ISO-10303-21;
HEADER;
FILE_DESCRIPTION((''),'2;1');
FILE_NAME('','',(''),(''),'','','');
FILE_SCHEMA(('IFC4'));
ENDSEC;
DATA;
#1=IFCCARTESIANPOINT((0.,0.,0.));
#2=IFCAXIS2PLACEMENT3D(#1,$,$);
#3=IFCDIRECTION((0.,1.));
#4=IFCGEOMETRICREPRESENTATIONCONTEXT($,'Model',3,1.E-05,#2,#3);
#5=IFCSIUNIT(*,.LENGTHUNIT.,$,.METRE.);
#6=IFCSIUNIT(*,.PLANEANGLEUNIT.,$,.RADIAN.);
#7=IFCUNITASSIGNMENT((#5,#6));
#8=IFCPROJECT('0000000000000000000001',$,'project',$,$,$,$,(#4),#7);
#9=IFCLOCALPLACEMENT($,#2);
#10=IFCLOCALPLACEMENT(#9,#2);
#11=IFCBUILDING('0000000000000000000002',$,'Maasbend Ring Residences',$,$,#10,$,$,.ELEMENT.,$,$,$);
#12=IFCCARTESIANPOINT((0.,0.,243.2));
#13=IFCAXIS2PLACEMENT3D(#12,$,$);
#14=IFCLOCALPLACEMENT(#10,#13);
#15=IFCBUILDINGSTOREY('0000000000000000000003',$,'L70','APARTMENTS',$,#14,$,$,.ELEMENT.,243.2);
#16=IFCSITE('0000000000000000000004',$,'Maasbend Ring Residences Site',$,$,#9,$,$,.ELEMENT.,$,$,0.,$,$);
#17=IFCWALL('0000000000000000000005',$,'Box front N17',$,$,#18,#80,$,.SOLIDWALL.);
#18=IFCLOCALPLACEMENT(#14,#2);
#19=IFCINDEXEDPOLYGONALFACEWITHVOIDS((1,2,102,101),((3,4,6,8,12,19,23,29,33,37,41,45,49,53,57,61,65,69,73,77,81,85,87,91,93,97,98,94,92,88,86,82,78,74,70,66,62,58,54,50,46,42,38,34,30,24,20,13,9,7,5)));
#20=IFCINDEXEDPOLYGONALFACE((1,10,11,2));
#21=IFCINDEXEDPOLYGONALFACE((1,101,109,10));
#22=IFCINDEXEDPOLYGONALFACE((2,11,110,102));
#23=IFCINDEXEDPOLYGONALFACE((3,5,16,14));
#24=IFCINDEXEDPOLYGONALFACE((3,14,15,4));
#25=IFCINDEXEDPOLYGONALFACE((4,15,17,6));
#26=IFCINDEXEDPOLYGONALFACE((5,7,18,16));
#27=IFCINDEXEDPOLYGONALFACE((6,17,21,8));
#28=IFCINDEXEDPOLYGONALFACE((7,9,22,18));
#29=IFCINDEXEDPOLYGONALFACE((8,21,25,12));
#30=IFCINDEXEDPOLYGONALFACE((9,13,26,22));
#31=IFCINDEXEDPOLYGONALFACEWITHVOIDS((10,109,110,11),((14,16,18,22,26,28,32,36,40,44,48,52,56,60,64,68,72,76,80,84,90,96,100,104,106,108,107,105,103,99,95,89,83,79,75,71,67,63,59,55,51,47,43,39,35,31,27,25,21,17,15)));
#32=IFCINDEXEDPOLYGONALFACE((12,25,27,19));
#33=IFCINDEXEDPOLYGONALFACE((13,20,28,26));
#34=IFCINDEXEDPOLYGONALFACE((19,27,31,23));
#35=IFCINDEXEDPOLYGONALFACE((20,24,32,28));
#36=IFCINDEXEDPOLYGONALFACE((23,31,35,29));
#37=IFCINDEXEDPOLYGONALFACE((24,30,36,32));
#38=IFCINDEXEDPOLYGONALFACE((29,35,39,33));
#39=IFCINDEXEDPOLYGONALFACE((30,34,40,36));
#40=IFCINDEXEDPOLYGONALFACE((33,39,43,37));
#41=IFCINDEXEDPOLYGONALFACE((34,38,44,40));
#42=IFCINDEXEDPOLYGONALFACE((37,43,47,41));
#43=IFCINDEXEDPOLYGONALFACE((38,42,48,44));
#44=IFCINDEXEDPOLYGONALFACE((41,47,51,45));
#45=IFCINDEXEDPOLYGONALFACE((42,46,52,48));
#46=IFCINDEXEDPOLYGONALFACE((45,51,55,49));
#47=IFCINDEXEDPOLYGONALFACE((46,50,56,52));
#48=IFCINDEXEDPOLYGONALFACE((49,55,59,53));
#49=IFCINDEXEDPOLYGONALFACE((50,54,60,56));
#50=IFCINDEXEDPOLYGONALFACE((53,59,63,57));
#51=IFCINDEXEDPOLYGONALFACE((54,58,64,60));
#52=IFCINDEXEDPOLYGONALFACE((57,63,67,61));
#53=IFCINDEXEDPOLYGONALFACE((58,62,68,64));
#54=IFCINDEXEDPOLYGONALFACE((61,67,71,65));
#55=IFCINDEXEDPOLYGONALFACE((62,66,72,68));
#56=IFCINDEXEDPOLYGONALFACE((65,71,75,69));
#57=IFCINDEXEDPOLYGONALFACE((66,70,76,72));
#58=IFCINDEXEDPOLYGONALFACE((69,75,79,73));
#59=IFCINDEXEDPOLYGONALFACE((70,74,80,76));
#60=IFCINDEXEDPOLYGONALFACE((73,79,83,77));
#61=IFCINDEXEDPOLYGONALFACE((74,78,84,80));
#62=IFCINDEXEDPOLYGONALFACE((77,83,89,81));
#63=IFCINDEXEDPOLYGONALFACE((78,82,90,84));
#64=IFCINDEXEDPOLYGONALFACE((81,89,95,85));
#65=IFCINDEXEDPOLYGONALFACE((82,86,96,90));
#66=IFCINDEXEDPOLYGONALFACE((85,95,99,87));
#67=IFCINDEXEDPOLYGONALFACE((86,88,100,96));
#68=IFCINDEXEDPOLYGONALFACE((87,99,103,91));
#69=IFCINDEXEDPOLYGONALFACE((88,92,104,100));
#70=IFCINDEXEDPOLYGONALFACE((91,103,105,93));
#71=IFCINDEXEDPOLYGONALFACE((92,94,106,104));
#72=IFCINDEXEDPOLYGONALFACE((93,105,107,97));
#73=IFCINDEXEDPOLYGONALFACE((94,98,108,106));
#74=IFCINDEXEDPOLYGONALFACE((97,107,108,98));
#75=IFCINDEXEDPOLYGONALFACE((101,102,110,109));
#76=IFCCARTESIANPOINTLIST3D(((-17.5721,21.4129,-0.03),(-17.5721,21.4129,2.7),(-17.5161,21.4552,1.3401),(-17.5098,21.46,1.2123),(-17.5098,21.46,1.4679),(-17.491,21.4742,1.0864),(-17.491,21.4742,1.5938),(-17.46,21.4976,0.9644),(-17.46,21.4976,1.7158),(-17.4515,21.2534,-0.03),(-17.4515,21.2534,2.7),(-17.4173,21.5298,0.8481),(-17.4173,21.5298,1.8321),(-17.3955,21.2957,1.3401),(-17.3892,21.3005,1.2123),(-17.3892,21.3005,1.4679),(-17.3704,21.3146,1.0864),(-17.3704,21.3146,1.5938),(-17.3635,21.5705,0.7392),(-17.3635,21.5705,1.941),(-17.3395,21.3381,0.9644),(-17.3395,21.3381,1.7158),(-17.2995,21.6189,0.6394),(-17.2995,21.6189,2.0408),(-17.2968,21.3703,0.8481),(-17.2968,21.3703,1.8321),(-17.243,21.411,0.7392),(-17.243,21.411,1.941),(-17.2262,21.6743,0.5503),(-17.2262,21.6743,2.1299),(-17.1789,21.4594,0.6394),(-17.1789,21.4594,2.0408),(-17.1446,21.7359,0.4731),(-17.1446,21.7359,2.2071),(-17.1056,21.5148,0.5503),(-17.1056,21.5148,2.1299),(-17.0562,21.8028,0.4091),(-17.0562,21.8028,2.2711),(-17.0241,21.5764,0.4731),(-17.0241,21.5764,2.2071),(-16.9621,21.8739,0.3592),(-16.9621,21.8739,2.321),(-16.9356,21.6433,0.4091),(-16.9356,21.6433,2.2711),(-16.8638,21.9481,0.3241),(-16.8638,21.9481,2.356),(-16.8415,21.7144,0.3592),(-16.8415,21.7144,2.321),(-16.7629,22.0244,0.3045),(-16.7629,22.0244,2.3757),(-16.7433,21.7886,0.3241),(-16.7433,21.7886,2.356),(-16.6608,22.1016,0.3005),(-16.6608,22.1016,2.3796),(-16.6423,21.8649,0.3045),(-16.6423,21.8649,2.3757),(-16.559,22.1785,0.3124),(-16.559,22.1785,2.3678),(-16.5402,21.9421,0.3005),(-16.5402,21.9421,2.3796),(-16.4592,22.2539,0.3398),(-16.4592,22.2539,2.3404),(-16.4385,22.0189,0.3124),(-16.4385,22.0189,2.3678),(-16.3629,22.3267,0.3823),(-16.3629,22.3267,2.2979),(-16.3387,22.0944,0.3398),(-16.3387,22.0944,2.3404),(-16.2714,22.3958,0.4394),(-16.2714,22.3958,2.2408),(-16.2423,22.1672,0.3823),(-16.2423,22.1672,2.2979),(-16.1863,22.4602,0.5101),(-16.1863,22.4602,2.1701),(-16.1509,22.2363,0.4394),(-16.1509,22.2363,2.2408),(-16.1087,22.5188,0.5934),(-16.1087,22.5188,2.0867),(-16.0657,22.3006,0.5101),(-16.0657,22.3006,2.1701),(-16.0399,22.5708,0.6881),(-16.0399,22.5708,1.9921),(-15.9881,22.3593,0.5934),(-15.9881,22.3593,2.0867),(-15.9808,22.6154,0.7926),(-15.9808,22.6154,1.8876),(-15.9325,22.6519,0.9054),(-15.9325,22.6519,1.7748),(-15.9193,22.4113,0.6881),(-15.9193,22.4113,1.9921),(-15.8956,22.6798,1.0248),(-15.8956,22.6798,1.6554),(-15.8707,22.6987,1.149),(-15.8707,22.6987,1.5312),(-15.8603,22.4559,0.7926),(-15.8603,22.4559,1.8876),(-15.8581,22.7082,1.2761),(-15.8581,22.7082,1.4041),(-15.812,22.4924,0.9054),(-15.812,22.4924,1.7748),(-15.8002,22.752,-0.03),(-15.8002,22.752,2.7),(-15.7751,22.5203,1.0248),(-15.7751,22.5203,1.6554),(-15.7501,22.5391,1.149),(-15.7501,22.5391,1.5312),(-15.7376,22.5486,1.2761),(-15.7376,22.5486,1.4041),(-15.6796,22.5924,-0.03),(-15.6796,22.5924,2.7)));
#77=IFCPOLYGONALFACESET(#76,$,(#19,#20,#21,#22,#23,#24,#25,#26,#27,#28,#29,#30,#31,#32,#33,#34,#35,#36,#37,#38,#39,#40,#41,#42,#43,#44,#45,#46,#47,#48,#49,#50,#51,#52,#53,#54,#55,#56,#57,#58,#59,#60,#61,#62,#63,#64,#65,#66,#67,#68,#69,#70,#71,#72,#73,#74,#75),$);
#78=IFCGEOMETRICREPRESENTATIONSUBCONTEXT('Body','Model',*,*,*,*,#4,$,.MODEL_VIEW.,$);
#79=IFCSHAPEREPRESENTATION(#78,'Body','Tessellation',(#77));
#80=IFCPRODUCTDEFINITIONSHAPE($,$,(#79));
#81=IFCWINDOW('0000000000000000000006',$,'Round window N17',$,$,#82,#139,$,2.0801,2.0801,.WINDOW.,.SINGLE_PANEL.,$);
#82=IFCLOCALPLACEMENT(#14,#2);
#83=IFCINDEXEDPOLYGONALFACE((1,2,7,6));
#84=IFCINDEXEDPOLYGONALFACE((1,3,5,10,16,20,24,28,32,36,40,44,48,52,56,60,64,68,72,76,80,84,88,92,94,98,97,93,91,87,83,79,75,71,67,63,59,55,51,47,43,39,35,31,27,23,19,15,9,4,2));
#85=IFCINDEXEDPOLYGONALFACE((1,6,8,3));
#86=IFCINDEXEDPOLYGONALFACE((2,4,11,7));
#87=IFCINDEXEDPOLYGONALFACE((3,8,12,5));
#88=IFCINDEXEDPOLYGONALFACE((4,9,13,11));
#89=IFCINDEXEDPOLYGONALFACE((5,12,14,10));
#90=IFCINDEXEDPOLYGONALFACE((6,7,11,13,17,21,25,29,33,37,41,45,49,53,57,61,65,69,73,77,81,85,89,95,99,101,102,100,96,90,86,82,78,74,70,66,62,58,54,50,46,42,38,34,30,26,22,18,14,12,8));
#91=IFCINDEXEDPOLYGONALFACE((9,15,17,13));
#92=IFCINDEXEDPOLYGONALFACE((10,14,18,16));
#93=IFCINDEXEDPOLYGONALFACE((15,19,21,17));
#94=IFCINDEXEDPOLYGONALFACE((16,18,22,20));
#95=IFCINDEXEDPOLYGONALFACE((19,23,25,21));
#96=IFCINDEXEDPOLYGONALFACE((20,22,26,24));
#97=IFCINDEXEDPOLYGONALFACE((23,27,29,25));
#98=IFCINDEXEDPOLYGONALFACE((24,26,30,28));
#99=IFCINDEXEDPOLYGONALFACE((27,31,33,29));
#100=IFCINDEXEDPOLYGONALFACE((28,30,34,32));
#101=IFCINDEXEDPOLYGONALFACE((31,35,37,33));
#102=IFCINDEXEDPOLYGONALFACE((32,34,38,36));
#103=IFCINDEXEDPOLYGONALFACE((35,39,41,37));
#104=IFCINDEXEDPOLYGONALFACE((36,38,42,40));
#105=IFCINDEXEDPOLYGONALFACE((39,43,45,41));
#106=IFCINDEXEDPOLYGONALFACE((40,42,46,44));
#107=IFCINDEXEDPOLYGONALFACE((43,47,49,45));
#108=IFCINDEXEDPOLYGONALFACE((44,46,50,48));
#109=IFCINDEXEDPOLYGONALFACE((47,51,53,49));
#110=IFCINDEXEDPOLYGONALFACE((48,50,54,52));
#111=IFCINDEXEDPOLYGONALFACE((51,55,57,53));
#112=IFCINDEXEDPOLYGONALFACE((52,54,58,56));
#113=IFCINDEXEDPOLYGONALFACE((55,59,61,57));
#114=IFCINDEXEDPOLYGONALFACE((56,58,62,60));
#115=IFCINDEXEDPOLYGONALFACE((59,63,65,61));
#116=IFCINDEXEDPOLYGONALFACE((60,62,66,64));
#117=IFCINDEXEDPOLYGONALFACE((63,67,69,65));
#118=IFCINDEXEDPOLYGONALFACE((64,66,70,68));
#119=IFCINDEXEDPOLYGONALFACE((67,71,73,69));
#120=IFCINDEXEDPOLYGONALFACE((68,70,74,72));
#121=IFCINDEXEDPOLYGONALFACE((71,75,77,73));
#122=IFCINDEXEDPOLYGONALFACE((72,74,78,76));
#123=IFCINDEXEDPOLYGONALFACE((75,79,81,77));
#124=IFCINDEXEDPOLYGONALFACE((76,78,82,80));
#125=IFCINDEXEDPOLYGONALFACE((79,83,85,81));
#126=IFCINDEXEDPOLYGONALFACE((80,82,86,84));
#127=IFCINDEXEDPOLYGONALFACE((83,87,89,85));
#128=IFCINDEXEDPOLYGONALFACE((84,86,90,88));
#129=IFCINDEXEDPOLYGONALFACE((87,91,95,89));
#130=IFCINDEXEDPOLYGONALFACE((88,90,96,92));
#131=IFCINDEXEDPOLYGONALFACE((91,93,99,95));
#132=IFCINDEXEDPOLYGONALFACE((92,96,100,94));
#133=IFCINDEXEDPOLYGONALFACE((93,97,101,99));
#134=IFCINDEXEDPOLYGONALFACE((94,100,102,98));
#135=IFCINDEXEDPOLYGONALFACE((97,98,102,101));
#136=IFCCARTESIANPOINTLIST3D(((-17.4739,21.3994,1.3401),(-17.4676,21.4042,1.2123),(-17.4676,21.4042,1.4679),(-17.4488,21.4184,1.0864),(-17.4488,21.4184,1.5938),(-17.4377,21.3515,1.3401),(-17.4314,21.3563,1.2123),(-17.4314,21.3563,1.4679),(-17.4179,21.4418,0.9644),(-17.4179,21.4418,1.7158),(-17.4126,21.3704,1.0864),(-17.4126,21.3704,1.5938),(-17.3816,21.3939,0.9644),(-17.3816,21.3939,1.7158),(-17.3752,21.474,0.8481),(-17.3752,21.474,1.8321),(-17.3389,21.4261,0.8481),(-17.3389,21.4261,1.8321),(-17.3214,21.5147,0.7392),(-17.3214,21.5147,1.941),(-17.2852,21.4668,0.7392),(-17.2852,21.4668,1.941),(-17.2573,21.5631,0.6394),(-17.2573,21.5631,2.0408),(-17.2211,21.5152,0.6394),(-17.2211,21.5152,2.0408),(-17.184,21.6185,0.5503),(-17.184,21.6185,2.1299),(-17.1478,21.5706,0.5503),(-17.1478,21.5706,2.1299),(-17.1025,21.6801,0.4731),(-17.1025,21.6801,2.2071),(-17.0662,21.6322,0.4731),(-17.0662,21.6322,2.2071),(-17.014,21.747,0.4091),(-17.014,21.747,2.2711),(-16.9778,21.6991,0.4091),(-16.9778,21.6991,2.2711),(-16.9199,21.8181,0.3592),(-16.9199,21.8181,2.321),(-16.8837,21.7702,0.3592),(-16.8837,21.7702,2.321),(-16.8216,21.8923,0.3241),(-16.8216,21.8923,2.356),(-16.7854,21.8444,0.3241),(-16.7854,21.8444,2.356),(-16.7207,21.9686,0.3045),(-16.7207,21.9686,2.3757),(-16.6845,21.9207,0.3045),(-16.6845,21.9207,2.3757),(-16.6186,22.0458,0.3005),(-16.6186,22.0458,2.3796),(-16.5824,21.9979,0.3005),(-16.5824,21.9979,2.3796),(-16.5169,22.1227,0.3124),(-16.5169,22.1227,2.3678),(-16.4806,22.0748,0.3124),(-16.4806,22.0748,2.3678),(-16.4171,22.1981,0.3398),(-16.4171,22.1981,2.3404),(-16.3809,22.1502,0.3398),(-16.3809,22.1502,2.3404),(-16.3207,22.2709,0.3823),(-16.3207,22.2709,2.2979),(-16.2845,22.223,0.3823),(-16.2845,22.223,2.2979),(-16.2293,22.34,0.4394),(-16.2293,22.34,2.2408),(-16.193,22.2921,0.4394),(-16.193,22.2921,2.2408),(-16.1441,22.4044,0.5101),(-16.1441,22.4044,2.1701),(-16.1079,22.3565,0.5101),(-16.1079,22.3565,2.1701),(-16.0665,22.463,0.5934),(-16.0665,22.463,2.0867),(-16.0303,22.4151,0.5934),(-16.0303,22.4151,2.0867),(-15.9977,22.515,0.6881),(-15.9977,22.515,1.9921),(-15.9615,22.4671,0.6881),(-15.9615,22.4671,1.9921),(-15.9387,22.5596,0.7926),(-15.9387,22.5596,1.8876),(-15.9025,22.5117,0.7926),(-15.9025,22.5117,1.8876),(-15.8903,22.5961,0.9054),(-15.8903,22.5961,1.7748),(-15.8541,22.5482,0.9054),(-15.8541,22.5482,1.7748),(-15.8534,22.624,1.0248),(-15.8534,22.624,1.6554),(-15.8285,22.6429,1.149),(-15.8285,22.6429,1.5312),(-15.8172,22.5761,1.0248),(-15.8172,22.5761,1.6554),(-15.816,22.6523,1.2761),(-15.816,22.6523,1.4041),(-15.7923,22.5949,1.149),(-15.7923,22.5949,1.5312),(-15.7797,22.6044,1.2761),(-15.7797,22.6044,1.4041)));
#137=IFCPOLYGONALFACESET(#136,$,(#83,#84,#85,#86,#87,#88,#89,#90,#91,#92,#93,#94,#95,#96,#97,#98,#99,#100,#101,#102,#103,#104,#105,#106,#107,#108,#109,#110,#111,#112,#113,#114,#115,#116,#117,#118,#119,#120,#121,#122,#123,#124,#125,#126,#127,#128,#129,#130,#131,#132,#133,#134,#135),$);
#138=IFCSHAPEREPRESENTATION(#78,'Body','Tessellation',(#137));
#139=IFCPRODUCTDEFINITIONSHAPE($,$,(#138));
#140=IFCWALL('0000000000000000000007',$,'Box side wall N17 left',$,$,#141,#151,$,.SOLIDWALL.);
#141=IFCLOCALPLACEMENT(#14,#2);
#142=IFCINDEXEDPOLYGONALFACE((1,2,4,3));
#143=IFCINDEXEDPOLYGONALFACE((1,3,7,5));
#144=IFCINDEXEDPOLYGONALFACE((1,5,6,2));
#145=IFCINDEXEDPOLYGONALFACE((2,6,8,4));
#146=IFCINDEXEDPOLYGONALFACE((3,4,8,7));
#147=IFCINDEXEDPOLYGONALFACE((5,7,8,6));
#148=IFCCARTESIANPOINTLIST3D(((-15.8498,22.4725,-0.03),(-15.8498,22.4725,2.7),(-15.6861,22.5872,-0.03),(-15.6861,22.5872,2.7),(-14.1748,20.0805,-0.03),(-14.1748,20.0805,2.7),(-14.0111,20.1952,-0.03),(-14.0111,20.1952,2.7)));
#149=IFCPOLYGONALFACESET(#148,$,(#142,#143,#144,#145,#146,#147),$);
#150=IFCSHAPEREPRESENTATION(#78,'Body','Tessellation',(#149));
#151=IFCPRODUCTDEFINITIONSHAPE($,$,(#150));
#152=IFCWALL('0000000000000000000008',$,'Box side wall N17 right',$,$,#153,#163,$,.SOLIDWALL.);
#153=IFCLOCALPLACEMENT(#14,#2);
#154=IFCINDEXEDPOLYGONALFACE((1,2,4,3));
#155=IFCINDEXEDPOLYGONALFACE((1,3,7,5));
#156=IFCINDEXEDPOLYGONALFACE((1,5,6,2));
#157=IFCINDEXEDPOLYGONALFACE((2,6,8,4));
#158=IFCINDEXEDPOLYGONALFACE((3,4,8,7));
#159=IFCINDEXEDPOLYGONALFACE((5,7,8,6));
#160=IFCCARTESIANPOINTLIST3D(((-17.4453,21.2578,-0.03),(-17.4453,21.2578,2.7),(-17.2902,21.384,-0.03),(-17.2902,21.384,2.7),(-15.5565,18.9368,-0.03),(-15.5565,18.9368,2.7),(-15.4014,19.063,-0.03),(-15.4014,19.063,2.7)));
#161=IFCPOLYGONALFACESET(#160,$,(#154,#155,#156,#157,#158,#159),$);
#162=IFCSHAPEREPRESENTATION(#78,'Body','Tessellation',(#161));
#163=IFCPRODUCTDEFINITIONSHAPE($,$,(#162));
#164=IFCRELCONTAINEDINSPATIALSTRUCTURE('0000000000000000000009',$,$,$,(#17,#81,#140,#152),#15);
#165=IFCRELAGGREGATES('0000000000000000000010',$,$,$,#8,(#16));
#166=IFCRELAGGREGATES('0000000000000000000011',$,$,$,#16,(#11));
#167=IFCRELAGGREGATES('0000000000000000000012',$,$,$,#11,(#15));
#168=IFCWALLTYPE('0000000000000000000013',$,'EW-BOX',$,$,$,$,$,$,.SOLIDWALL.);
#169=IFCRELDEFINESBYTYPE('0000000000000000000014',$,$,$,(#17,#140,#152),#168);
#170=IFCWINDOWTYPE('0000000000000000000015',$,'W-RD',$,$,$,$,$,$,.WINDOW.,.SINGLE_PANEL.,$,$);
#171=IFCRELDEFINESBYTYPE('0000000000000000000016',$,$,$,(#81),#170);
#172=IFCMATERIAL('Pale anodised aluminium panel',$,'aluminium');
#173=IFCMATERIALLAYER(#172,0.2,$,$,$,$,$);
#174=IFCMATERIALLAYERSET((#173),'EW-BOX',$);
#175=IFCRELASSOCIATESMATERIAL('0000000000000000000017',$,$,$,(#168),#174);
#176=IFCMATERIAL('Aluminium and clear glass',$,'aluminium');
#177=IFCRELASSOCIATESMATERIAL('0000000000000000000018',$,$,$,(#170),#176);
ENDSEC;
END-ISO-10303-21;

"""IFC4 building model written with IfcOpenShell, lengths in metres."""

from ifc_helpers import new_model, si_unit, direction, frame, frame_2d, origin, place, context, subcontext, project, spatial, rectangle, circle, extrude, material, layer, layer_set, type_object, element, fill, save


model = new_model("IFC4")

# Units and contexts
model_context = context("Model", 3, precision=1e-05, world=origin(), true_north=direction((0.0, 1.0)))
body_context = subcontext(model_context, "Body", "Model", "MODEL_VIEW")
ifc_project = project(units=[si_unit("LENGTHUNIT", "METRE"), si_unit("PLANEANGLEUNIT", "RADIAN")], contexts=[model_context])

# Site, building, storey
site_placement = place(None, origin())
site = spatial("IfcSite", under=ifc_project, at=site_placement, Name="Maasbend Ring Residences Site", CompositionType="ELEMENT", RefElevation=0.0)
building_placement = place(site_placement, origin())
building = spatial("IfcBuilding", under=site, at=building_placement, Name="Maasbend Ring Residences", CompositionType="ELEMENT")
storey_placement = place(building_placement, frame((0.0, 0.0, 243.2)))
storey = spatial("IfcBuildingStorey", under=building, at=storey_placement, Name="L70", Description="APARTMENTS", CompositionType="ELEMENT", Elevation=243.2)

# Shared definitions
ifc_material_1 = material(Name="Pale anodised aluminium panel", Category="aluminium")
ifc_layer_1 = layer(ifc_material_1, 0.2)
ifc_layer_set_1 = layer_set([ifc_layer_1], Name="EW-BOX")
wall_type_1 = type_object("IfcWallType", Name="EW-BOX", PredefinedType="SOLIDWALL", material=ifc_layer_set_1)
ifc_material_2 = material(Name="Aluminium and clear glass", Category="aluminium")
window_type_1 = type_object("IfcWindowType", Name="W-RD", PartitioningType="SINGLE_PANEL", PredefinedType="WINDOW", material=ifc_material_2)

# Wall, opening, window
wall_1_placement = place(storey_placement, frame((-15.74, 22.6721, -0.03), z_axis=(0.0, 0.0, 1.0), x_axis=(-0.797805, -0.602916, 0.0)))
wall_1 = element("IfcWall", 1, at=wall_1_placement, inside=storey, type_object=wall_type_1, Name="Box front N17", PredefinedType="SOLIDWALL", context=body_context, shape_type="SweptSolid", body=[
    extrude(rectangle(XDim=2.2209, YDim=0.2, at=frame_2d((1.1104, 0.0))), origin(), (0.0, 0.0, 1.0), 2.73),
])
opening_1_placement = place(wall_1_placement, frame((0.0706, 0.0, 0.3301)))
opening_1 = element("IfcOpeningElement", 2, at=opening_1_placement, cuts=wall_1, PredefinedType="OPENING", context=body_context, shape_type="SweptSolid", body=[
    extrude(circle(Radius=1.04, at=frame_2d((1.04, 1.04))), frame((0.0, 0.1099, 0.0), z_axis=(0.0, -1.0, 0.0), x_axis=(1.0, 0.0, 0.0)), (0.0, 0.0, 1.0), 0.22),
])
window_1_placement = place(opening_1_placement, origin())
window_1 = element("IfcWindow", 3, at=window_1_placement, inside=storey, type_object=window_type_1, Name="Round window N17", OverallHeight=2.0801, OverallWidth=2.0801, PartitioningType="SINGLE_PANEL", PredefinedType="WINDOW", context=body_context, shape_type="SweptSolid", body=[
    extrude(circle(Radius=1.04, at=frame_2d((1.04, 1.04))), frame((0.0, 0.03, 0.0), z_axis=(0.0, -1.0, 0.0), x_axis=(1.0, 0.0, 0.0)), (0.0, 0.0, 1.0), 0.0601),
])
fill(opening_1, window_1)

# Walls
wall_2_placement = place(storey_placement, frame((-14.093, 20.1379, -0.03), z_axis=(0.0, 0.0, 1.0), x_axis=(-0.573597, 0.819138, 0.0)))
element("IfcWall", 4, at=wall_2_placement, inside=storey, type_object=wall_type_1, Name="Box side wall N17 left", PredefinedType="SOLIDWALL", context=body_context, shape_type="SweptSolid", body=[
    extrude(rectangle(XDim=2.9202, YDim=0.2, at=frame_2d((1.46, 0.0))), origin(), (0.0, 0.0, 1.0), 2.73),
])
wall_3_placement = place(storey_placement, frame((-15.479, 19.0, -0.03), z_axis=(0.0, 0.0, 1.0), x_axis=(-0.63121, 0.775612, 0.0)))
element("IfcWall", 5, at=wall_3_placement, inside=storey, type_object=wall_type_1, Name="Box side wall N17 right", PredefinedType="SOLIDWALL", context=body_context, shape_type="SweptSolid", body=[
    extrude(rectangle(XDim=2.9924, YDim=0.2, at=frame_2d((1.4961, 0.0))), origin(), (0.0, 0.0, 1.0), 2.73),
])

save(model, "model.ifc")
